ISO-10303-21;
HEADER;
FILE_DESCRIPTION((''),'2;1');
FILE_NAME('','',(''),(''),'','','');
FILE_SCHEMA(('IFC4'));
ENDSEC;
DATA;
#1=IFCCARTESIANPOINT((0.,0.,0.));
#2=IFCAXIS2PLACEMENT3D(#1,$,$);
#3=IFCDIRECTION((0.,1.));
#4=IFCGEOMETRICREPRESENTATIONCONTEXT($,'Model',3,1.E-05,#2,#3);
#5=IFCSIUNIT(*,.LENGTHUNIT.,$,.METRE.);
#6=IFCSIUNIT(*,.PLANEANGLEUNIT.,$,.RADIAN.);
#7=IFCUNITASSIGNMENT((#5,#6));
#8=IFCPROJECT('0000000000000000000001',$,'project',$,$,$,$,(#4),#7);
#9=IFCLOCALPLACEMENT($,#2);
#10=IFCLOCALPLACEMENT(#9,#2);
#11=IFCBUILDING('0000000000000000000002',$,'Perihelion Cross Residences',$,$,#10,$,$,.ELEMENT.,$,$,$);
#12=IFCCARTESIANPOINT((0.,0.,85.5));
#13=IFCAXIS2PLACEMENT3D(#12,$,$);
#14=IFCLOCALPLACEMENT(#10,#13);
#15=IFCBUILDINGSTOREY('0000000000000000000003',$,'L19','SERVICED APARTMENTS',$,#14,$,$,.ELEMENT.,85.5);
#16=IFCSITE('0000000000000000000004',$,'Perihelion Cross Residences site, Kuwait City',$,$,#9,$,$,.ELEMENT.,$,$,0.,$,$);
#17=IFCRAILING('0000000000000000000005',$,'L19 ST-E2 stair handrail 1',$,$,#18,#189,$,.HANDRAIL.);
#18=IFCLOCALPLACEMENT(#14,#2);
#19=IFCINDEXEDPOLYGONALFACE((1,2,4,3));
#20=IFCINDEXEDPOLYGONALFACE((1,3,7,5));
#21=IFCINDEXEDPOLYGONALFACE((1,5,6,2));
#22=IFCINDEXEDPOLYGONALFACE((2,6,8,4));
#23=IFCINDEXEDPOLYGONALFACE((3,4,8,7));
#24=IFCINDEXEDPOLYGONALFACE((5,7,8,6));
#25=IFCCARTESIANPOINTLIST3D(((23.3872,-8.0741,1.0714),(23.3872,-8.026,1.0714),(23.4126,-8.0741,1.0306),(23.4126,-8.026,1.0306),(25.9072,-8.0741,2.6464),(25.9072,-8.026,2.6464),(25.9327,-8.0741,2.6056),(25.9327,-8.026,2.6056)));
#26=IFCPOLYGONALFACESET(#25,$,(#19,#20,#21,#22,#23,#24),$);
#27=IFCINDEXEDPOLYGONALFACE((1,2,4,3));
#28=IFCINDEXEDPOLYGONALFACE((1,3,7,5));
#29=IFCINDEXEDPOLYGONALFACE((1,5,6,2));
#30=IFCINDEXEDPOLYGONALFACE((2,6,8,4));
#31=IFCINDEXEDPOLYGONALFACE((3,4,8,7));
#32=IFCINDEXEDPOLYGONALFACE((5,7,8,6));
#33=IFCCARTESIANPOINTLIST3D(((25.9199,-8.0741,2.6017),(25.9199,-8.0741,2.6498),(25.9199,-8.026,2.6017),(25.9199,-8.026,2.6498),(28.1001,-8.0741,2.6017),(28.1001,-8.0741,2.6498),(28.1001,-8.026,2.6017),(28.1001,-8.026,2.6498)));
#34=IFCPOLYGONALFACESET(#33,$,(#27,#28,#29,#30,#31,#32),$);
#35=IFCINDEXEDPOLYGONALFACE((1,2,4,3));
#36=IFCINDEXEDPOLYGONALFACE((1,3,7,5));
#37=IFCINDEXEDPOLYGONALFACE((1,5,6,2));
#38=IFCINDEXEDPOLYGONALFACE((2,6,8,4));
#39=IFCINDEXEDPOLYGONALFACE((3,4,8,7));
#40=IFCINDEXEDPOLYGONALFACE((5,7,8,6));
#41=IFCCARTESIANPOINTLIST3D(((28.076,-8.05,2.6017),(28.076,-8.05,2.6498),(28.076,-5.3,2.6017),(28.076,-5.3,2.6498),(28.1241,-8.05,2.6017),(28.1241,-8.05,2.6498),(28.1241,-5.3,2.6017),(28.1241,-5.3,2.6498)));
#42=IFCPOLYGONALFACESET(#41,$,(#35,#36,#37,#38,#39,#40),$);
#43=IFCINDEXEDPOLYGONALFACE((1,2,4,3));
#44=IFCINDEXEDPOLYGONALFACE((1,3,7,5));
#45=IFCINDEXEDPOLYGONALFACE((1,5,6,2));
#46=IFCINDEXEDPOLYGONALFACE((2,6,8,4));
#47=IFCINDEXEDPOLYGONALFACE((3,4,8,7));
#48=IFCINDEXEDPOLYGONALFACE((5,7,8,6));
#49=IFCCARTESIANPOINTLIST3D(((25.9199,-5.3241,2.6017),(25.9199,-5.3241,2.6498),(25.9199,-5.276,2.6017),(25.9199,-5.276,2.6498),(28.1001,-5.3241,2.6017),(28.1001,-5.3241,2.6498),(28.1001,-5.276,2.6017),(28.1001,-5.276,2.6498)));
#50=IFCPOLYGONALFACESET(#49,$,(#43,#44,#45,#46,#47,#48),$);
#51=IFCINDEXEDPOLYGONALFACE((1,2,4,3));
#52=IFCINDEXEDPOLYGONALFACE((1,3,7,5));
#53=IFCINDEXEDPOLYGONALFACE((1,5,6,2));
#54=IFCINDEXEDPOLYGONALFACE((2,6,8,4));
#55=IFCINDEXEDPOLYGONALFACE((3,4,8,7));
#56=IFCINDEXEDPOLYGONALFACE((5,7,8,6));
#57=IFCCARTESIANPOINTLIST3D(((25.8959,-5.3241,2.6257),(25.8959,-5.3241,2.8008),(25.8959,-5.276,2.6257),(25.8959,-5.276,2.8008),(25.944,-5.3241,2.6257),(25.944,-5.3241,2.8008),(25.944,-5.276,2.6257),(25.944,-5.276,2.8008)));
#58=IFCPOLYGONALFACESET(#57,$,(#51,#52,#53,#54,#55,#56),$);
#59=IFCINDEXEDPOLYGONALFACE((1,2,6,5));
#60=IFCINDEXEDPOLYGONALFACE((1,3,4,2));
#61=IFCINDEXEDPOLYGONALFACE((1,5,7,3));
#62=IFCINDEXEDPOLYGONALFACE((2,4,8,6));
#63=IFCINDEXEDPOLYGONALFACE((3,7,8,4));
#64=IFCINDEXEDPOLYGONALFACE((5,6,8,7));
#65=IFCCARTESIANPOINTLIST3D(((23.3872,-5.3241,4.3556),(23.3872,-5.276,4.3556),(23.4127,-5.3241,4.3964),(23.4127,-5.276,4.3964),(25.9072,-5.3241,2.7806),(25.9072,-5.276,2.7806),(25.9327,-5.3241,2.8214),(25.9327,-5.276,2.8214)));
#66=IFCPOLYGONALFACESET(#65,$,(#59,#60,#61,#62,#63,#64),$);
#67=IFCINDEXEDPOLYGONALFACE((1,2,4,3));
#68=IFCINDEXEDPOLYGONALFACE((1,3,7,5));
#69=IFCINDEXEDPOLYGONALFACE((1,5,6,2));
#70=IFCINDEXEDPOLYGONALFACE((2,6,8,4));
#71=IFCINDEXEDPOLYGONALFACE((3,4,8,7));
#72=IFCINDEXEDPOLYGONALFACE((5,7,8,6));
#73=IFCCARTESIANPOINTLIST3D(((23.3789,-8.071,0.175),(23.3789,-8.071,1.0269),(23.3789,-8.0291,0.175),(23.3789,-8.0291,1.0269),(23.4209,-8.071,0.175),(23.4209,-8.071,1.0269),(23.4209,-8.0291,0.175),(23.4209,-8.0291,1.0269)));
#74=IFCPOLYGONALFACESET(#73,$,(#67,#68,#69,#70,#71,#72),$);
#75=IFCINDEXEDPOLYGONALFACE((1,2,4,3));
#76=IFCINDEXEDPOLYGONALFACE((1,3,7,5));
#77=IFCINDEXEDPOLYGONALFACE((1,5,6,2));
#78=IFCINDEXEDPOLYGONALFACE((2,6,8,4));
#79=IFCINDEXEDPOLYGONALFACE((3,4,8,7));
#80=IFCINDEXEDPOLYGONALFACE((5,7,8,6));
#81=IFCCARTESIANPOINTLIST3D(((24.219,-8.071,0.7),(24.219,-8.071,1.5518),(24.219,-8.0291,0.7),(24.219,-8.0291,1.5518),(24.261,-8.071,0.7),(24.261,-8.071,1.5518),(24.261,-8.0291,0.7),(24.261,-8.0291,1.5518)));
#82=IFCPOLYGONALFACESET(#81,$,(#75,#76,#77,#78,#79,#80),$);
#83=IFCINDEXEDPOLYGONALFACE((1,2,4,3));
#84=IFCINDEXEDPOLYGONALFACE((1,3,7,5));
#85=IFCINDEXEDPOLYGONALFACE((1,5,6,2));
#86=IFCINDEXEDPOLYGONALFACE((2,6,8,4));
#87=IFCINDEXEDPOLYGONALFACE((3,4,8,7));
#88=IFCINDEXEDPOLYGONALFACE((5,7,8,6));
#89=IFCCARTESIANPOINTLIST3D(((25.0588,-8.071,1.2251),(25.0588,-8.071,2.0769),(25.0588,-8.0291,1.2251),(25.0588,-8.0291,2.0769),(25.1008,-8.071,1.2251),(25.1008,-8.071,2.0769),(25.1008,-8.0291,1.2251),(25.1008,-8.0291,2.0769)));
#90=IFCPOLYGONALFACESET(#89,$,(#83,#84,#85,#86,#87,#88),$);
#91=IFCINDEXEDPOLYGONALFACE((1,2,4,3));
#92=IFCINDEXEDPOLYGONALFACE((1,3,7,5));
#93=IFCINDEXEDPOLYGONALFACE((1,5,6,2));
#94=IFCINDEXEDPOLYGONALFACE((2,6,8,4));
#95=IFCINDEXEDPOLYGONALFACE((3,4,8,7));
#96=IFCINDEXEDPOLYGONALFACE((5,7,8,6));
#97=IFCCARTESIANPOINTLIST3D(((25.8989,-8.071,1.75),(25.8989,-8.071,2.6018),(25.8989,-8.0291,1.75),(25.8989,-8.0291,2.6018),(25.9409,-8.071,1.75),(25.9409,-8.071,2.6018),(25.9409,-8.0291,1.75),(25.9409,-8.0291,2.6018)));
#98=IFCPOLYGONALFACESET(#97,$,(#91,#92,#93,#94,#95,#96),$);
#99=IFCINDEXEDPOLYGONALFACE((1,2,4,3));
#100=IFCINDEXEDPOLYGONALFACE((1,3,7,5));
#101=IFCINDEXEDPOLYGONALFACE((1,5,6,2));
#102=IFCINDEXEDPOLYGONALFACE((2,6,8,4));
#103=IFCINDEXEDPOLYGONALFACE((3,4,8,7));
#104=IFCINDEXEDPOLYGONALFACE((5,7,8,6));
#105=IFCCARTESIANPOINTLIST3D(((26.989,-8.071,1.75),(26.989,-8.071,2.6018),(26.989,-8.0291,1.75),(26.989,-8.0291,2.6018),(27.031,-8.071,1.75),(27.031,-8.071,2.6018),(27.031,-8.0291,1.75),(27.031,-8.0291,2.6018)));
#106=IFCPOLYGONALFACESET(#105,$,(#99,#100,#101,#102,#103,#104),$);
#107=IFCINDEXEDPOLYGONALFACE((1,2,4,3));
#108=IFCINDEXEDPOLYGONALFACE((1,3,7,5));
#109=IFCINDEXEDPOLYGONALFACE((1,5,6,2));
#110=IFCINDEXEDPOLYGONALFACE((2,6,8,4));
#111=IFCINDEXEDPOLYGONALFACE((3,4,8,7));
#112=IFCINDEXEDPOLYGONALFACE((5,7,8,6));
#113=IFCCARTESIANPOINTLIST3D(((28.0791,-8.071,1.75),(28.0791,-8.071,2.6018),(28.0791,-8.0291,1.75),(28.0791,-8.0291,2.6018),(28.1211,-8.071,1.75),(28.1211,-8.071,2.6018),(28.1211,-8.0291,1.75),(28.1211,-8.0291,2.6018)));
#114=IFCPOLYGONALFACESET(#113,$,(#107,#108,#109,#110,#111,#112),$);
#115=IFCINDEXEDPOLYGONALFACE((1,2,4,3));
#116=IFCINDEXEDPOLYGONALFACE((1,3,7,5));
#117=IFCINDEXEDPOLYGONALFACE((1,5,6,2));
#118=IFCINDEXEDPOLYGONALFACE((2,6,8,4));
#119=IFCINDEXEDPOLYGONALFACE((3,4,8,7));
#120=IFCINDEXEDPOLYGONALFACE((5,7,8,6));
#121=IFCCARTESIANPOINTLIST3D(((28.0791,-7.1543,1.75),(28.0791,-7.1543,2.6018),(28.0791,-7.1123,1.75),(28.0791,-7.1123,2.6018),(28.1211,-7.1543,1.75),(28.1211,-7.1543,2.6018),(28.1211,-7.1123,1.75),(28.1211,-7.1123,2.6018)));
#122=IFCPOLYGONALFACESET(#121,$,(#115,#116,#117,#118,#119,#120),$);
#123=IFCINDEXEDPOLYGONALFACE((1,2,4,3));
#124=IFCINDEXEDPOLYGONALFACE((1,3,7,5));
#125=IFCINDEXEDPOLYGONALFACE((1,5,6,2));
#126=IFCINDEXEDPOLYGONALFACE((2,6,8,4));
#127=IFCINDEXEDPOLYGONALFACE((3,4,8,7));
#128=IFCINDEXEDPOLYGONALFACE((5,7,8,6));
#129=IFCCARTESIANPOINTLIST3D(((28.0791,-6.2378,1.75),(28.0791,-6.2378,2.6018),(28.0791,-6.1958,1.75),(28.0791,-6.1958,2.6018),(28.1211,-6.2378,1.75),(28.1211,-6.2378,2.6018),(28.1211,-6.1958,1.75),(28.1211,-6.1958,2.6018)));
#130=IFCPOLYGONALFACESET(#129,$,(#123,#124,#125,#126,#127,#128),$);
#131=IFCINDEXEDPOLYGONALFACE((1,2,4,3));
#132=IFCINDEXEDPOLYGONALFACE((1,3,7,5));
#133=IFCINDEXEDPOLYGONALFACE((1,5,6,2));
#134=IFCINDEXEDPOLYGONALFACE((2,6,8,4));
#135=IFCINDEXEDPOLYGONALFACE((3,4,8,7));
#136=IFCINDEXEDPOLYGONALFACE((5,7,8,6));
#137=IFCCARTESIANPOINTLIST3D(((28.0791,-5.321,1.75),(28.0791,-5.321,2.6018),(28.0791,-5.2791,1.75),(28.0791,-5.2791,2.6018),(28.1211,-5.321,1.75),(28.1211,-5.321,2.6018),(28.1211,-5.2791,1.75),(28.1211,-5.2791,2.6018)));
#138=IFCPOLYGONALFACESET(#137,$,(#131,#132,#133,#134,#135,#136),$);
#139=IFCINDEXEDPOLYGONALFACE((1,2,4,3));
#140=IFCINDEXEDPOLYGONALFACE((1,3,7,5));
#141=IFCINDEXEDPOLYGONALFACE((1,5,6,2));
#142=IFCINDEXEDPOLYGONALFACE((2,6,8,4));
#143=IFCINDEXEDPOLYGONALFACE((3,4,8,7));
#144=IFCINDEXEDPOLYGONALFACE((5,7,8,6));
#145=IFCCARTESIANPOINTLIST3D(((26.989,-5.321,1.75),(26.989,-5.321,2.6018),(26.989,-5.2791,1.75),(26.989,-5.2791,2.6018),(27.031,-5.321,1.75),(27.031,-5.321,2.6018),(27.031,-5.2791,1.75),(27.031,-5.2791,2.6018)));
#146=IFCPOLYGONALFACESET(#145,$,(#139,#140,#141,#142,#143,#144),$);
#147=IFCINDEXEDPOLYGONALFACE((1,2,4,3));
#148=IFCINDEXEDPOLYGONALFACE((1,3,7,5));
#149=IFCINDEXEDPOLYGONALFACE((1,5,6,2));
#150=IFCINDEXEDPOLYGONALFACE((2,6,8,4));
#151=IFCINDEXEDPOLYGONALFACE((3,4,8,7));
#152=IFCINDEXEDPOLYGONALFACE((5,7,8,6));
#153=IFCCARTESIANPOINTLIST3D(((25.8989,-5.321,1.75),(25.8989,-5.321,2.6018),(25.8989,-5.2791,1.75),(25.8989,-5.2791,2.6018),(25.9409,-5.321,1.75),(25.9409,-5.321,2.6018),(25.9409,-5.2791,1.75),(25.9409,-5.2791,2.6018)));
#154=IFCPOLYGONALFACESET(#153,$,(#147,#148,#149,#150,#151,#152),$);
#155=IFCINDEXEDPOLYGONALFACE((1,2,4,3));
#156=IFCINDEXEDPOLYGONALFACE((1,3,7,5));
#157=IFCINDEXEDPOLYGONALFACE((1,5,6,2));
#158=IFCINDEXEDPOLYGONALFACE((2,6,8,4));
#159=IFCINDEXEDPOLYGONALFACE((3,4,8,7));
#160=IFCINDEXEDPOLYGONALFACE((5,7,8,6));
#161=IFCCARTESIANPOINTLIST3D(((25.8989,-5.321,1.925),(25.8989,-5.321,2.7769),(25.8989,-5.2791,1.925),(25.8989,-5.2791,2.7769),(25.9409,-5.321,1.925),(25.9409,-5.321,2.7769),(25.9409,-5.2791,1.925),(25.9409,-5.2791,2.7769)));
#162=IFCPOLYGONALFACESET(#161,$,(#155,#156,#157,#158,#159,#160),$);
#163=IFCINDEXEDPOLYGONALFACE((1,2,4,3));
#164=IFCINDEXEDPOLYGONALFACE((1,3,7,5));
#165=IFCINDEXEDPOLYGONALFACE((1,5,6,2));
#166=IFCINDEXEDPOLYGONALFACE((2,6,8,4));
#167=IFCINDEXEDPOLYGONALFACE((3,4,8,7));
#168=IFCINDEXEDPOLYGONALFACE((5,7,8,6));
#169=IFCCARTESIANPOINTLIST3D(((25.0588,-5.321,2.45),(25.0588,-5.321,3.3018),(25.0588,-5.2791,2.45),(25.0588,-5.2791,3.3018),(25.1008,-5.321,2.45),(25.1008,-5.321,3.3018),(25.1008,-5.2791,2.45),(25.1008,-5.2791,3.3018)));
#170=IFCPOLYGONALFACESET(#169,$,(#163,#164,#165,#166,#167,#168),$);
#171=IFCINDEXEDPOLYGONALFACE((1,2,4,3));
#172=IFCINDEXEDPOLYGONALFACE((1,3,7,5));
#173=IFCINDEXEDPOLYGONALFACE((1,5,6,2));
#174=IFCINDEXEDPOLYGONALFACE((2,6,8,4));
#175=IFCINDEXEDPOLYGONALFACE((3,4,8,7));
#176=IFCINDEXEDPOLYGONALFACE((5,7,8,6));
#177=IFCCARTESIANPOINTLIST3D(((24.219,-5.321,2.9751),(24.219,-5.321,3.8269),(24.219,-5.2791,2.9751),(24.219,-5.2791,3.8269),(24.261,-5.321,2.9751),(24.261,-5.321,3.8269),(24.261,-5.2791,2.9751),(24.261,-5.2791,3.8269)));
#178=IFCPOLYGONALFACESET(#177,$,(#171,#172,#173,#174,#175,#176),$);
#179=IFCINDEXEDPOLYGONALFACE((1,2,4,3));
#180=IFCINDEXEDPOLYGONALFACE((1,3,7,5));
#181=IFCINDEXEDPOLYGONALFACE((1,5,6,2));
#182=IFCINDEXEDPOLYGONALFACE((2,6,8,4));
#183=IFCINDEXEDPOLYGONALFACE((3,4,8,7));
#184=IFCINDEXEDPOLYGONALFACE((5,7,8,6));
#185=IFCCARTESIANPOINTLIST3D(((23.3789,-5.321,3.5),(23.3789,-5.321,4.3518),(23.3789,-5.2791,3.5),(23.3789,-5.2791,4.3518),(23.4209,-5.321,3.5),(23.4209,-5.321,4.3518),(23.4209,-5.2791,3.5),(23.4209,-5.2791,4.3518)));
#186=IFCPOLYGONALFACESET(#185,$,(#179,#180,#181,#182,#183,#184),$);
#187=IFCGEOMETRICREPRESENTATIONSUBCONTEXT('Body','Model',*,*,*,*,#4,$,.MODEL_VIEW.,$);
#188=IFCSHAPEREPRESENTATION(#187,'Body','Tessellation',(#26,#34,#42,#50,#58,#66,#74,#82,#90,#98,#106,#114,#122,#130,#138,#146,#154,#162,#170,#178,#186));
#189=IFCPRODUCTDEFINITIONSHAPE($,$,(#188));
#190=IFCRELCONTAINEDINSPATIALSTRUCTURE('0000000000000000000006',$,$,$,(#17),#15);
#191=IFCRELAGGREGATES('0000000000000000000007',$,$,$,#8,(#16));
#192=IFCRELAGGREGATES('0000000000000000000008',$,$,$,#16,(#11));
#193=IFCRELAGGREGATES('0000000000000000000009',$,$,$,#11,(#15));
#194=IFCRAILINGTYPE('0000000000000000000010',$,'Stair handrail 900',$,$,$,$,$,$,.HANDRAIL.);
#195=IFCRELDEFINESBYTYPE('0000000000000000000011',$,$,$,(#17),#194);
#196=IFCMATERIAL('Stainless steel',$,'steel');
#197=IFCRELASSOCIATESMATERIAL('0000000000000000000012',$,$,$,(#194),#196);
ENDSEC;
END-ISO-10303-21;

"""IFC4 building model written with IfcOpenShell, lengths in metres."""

from ifc_helpers import new_model, si_unit, direction, frame, origin, origin_2d, place, context, subcontext, project, spatial, rectangle, extrude, material, type_object, element, save


model = new_model("IFC4")

# Units and contexts
model_context = context("Model", 3, precision=1e-05, world=origin(), true_north=direction((0.0, 1.0)))
body_context = subcontext(model_context, "Body", "Model", "MODEL_VIEW")
ifc_project = project(units=[si_unit("LENGTHUNIT", "METRE"), si_unit("PLANEANGLEUNIT", "RADIAN")], contexts=[model_context])

# Site, building, storey
site_placement = place(None, origin())
site = spatial("IfcSite", under=ifc_project, at=site_placement, Name="Perihelion Cross Residences site, Kuwait City", CompositionType="ELEMENT", RefElevation=0.0)
building_placement = place(site_placement, origin())
building = spatial("IfcBuilding", under=site, at=building_placement, Name="Perihelion Cross Residences", CompositionType="ELEMENT")
storey_placement = place(building_placement, frame((0.0, 0.0, 85.5)))
storey = spatial("IfcBuildingStorey", under=building, at=storey_placement, Name="L19", Description="SERVICED APARTMENTS", CompositionType="ELEMENT", Elevation=85.5)

# Railing
ifc_material_1 = material(Name="Stainless steel", Category="steel")
railing_type_1 = type_object("IfcRailingType", Name="Stair handrail 900", PredefinedType="HANDRAIL", material=ifc_material_1)
railing_1_placement = place(storey_placement, frame((23.3999, -8.05, 0.175)))
element("IfcRailing", 1, at=railing_1_placement, inside=storey, type_object=railing_type_1, Name="L19 ST-E2 stair handrail 1", PredefinedType="HANDRAIL", context=body_context, shape_type="SweptSolid", body=[
    extrude(rectangle(XDim=0.0481, YDim=0.0481, at=origin_2d()), frame((0.0, 0.0, 0.876), z_axis=(0.848008, 0.0, 0.529984), x_axis=(0.0, 1.0, 0.0)), (0.0, 0.0, 1.0), 2.9717),
    extrude(rectangle(XDim=0.0481, YDim=0.0481, at=origin_2d()), frame((2.52, 0.0, 2.4507), z_axis=(1.0, 0.0, 0.0), x_axis=(0.0, 1.0, 0.0)), (0.0, 0.0, 1.0), 2.1802),
    extrude(rectangle(XDim=0.0481, YDim=0.0481, at=origin_2d()), frame((4.7002, 0.0, 2.4507), z_axis=(0.0, 1.0, 0.0), x_axis=(-1.0, 0.0, 0.0)), (0.0, 0.0, 1.0), 2.75),
    extrude(rectangle(XDim=0.0481, YDim=0.0481, at=origin_2d()), frame((4.7002, 2.75, 2.4507), z_axis=(-1.0, 0.0, 0.0), x_axis=(0.0, -1.0, 0.0)), (0.0, 0.0, 1.0), 2.1802),
    extrude(rectangle(XDim=0.0481, YDim=0.0481, at=origin_2d()), frame((2.52, 2.75, 2.4507), z_axis=(0.0, 0.0, 1.0), x_axis=(1.0, 0.0, 0.0)), (0.0, 0.0, 1.0), 0.175),
    extrude(rectangle(XDim=0.0481, YDim=0.0481, at=origin_2d()), frame((2.52, 2.75, 2.626), z_axis=(-0.848008, 0.0, 0.529984), x_axis=(0.0, -1.0, 0.0)), (0.0, 0.0, 1.0), 2.9717),
    extrude(rectangle(XDim=0.042, YDim=0.042, at=origin_2d()), origin(), (0.0, 0.0, 1.0), 0.8518),
    extrude(rectangle(XDim=0.042, YDim=0.042, at=origin_2d()), frame((0.8401, 0.0, 0.5249)), (0.0, 0.0, 1.0), 0.8518),
    extrude(rectangle(XDim=0.042, YDim=0.042, at=origin_2d()), frame((1.6799, 0.0, 1.05)), (0.0, 0.0, 1.0), 0.8518),
    extrude(rectangle(XDim=0.042, YDim=0.042, at=origin_2d()), frame((2.52, 0.0, 1.575)), (0.0, 0.0, 1.0), 0.8518),
    extrude(rectangle(XDim=0.042, YDim=0.042, at=origin_2d()), frame((3.6101, 0.0, 1.575)), (0.0, 0.0, 1.0), 0.8518),
    extrude(rectangle(XDim=0.042, YDim=0.042, at=origin_2d()), frame((4.7002, 0.0, 1.575)), (0.0, 0.0, 1.0), 0.8518),
    extrude(rectangle(XDim=0.042, YDim=0.042, at=origin_2d()), frame((4.7002, 0.9167, 1.575)), (0.0, 0.0, 1.0), 0.8518),
    extrude(rectangle(XDim=0.042, YDim=0.042, at=origin_2d()), frame((4.7002, 1.8333, 1.575)), (0.0, 0.0, 1.0), 0.8518),
    extrude(rectangle(XDim=0.042, YDim=0.042, at=origin_2d()), frame((4.7002, 2.75, 1.575)), (0.0, 0.0, 1.0), 0.8518),
    extrude(rectangle(XDim=0.042, YDim=0.042, at=origin_2d()), frame((3.6101, 2.75, 1.575)), (0.0, 0.0, 1.0), 0.8518),
    extrude(rectangle(XDim=0.042, YDim=0.042, at=origin_2d()), frame((2.52, 2.75, 1.575)), (0.0, 0.0, 1.0), 0.8518),
    extrude(rectangle(XDim=0.042, YDim=0.042, at=origin_2d()), frame((2.52, 2.75, 1.75)), (0.0, 0.0, 1.0), 0.8518),
    extrude(rectangle(XDim=0.042, YDim=0.042, at=origin_2d()), frame((1.6799, 2.75, 2.2749)), (0.0, 0.0, 1.0), 0.8518),
    extrude(rectangle(XDim=0.042, YDim=0.042, at=origin_2d()), frame((0.8401, 2.75, 2.8)), (0.0, 0.0, 1.0), 0.8518),
    extrude(rectangle(XDim=0.042, YDim=0.042, at=origin_2d()), frame((0.0, 2.75, 3.325)), (0.0, 0.0, 1.0), 0.8518),
])

save(model, "model.ifc")
